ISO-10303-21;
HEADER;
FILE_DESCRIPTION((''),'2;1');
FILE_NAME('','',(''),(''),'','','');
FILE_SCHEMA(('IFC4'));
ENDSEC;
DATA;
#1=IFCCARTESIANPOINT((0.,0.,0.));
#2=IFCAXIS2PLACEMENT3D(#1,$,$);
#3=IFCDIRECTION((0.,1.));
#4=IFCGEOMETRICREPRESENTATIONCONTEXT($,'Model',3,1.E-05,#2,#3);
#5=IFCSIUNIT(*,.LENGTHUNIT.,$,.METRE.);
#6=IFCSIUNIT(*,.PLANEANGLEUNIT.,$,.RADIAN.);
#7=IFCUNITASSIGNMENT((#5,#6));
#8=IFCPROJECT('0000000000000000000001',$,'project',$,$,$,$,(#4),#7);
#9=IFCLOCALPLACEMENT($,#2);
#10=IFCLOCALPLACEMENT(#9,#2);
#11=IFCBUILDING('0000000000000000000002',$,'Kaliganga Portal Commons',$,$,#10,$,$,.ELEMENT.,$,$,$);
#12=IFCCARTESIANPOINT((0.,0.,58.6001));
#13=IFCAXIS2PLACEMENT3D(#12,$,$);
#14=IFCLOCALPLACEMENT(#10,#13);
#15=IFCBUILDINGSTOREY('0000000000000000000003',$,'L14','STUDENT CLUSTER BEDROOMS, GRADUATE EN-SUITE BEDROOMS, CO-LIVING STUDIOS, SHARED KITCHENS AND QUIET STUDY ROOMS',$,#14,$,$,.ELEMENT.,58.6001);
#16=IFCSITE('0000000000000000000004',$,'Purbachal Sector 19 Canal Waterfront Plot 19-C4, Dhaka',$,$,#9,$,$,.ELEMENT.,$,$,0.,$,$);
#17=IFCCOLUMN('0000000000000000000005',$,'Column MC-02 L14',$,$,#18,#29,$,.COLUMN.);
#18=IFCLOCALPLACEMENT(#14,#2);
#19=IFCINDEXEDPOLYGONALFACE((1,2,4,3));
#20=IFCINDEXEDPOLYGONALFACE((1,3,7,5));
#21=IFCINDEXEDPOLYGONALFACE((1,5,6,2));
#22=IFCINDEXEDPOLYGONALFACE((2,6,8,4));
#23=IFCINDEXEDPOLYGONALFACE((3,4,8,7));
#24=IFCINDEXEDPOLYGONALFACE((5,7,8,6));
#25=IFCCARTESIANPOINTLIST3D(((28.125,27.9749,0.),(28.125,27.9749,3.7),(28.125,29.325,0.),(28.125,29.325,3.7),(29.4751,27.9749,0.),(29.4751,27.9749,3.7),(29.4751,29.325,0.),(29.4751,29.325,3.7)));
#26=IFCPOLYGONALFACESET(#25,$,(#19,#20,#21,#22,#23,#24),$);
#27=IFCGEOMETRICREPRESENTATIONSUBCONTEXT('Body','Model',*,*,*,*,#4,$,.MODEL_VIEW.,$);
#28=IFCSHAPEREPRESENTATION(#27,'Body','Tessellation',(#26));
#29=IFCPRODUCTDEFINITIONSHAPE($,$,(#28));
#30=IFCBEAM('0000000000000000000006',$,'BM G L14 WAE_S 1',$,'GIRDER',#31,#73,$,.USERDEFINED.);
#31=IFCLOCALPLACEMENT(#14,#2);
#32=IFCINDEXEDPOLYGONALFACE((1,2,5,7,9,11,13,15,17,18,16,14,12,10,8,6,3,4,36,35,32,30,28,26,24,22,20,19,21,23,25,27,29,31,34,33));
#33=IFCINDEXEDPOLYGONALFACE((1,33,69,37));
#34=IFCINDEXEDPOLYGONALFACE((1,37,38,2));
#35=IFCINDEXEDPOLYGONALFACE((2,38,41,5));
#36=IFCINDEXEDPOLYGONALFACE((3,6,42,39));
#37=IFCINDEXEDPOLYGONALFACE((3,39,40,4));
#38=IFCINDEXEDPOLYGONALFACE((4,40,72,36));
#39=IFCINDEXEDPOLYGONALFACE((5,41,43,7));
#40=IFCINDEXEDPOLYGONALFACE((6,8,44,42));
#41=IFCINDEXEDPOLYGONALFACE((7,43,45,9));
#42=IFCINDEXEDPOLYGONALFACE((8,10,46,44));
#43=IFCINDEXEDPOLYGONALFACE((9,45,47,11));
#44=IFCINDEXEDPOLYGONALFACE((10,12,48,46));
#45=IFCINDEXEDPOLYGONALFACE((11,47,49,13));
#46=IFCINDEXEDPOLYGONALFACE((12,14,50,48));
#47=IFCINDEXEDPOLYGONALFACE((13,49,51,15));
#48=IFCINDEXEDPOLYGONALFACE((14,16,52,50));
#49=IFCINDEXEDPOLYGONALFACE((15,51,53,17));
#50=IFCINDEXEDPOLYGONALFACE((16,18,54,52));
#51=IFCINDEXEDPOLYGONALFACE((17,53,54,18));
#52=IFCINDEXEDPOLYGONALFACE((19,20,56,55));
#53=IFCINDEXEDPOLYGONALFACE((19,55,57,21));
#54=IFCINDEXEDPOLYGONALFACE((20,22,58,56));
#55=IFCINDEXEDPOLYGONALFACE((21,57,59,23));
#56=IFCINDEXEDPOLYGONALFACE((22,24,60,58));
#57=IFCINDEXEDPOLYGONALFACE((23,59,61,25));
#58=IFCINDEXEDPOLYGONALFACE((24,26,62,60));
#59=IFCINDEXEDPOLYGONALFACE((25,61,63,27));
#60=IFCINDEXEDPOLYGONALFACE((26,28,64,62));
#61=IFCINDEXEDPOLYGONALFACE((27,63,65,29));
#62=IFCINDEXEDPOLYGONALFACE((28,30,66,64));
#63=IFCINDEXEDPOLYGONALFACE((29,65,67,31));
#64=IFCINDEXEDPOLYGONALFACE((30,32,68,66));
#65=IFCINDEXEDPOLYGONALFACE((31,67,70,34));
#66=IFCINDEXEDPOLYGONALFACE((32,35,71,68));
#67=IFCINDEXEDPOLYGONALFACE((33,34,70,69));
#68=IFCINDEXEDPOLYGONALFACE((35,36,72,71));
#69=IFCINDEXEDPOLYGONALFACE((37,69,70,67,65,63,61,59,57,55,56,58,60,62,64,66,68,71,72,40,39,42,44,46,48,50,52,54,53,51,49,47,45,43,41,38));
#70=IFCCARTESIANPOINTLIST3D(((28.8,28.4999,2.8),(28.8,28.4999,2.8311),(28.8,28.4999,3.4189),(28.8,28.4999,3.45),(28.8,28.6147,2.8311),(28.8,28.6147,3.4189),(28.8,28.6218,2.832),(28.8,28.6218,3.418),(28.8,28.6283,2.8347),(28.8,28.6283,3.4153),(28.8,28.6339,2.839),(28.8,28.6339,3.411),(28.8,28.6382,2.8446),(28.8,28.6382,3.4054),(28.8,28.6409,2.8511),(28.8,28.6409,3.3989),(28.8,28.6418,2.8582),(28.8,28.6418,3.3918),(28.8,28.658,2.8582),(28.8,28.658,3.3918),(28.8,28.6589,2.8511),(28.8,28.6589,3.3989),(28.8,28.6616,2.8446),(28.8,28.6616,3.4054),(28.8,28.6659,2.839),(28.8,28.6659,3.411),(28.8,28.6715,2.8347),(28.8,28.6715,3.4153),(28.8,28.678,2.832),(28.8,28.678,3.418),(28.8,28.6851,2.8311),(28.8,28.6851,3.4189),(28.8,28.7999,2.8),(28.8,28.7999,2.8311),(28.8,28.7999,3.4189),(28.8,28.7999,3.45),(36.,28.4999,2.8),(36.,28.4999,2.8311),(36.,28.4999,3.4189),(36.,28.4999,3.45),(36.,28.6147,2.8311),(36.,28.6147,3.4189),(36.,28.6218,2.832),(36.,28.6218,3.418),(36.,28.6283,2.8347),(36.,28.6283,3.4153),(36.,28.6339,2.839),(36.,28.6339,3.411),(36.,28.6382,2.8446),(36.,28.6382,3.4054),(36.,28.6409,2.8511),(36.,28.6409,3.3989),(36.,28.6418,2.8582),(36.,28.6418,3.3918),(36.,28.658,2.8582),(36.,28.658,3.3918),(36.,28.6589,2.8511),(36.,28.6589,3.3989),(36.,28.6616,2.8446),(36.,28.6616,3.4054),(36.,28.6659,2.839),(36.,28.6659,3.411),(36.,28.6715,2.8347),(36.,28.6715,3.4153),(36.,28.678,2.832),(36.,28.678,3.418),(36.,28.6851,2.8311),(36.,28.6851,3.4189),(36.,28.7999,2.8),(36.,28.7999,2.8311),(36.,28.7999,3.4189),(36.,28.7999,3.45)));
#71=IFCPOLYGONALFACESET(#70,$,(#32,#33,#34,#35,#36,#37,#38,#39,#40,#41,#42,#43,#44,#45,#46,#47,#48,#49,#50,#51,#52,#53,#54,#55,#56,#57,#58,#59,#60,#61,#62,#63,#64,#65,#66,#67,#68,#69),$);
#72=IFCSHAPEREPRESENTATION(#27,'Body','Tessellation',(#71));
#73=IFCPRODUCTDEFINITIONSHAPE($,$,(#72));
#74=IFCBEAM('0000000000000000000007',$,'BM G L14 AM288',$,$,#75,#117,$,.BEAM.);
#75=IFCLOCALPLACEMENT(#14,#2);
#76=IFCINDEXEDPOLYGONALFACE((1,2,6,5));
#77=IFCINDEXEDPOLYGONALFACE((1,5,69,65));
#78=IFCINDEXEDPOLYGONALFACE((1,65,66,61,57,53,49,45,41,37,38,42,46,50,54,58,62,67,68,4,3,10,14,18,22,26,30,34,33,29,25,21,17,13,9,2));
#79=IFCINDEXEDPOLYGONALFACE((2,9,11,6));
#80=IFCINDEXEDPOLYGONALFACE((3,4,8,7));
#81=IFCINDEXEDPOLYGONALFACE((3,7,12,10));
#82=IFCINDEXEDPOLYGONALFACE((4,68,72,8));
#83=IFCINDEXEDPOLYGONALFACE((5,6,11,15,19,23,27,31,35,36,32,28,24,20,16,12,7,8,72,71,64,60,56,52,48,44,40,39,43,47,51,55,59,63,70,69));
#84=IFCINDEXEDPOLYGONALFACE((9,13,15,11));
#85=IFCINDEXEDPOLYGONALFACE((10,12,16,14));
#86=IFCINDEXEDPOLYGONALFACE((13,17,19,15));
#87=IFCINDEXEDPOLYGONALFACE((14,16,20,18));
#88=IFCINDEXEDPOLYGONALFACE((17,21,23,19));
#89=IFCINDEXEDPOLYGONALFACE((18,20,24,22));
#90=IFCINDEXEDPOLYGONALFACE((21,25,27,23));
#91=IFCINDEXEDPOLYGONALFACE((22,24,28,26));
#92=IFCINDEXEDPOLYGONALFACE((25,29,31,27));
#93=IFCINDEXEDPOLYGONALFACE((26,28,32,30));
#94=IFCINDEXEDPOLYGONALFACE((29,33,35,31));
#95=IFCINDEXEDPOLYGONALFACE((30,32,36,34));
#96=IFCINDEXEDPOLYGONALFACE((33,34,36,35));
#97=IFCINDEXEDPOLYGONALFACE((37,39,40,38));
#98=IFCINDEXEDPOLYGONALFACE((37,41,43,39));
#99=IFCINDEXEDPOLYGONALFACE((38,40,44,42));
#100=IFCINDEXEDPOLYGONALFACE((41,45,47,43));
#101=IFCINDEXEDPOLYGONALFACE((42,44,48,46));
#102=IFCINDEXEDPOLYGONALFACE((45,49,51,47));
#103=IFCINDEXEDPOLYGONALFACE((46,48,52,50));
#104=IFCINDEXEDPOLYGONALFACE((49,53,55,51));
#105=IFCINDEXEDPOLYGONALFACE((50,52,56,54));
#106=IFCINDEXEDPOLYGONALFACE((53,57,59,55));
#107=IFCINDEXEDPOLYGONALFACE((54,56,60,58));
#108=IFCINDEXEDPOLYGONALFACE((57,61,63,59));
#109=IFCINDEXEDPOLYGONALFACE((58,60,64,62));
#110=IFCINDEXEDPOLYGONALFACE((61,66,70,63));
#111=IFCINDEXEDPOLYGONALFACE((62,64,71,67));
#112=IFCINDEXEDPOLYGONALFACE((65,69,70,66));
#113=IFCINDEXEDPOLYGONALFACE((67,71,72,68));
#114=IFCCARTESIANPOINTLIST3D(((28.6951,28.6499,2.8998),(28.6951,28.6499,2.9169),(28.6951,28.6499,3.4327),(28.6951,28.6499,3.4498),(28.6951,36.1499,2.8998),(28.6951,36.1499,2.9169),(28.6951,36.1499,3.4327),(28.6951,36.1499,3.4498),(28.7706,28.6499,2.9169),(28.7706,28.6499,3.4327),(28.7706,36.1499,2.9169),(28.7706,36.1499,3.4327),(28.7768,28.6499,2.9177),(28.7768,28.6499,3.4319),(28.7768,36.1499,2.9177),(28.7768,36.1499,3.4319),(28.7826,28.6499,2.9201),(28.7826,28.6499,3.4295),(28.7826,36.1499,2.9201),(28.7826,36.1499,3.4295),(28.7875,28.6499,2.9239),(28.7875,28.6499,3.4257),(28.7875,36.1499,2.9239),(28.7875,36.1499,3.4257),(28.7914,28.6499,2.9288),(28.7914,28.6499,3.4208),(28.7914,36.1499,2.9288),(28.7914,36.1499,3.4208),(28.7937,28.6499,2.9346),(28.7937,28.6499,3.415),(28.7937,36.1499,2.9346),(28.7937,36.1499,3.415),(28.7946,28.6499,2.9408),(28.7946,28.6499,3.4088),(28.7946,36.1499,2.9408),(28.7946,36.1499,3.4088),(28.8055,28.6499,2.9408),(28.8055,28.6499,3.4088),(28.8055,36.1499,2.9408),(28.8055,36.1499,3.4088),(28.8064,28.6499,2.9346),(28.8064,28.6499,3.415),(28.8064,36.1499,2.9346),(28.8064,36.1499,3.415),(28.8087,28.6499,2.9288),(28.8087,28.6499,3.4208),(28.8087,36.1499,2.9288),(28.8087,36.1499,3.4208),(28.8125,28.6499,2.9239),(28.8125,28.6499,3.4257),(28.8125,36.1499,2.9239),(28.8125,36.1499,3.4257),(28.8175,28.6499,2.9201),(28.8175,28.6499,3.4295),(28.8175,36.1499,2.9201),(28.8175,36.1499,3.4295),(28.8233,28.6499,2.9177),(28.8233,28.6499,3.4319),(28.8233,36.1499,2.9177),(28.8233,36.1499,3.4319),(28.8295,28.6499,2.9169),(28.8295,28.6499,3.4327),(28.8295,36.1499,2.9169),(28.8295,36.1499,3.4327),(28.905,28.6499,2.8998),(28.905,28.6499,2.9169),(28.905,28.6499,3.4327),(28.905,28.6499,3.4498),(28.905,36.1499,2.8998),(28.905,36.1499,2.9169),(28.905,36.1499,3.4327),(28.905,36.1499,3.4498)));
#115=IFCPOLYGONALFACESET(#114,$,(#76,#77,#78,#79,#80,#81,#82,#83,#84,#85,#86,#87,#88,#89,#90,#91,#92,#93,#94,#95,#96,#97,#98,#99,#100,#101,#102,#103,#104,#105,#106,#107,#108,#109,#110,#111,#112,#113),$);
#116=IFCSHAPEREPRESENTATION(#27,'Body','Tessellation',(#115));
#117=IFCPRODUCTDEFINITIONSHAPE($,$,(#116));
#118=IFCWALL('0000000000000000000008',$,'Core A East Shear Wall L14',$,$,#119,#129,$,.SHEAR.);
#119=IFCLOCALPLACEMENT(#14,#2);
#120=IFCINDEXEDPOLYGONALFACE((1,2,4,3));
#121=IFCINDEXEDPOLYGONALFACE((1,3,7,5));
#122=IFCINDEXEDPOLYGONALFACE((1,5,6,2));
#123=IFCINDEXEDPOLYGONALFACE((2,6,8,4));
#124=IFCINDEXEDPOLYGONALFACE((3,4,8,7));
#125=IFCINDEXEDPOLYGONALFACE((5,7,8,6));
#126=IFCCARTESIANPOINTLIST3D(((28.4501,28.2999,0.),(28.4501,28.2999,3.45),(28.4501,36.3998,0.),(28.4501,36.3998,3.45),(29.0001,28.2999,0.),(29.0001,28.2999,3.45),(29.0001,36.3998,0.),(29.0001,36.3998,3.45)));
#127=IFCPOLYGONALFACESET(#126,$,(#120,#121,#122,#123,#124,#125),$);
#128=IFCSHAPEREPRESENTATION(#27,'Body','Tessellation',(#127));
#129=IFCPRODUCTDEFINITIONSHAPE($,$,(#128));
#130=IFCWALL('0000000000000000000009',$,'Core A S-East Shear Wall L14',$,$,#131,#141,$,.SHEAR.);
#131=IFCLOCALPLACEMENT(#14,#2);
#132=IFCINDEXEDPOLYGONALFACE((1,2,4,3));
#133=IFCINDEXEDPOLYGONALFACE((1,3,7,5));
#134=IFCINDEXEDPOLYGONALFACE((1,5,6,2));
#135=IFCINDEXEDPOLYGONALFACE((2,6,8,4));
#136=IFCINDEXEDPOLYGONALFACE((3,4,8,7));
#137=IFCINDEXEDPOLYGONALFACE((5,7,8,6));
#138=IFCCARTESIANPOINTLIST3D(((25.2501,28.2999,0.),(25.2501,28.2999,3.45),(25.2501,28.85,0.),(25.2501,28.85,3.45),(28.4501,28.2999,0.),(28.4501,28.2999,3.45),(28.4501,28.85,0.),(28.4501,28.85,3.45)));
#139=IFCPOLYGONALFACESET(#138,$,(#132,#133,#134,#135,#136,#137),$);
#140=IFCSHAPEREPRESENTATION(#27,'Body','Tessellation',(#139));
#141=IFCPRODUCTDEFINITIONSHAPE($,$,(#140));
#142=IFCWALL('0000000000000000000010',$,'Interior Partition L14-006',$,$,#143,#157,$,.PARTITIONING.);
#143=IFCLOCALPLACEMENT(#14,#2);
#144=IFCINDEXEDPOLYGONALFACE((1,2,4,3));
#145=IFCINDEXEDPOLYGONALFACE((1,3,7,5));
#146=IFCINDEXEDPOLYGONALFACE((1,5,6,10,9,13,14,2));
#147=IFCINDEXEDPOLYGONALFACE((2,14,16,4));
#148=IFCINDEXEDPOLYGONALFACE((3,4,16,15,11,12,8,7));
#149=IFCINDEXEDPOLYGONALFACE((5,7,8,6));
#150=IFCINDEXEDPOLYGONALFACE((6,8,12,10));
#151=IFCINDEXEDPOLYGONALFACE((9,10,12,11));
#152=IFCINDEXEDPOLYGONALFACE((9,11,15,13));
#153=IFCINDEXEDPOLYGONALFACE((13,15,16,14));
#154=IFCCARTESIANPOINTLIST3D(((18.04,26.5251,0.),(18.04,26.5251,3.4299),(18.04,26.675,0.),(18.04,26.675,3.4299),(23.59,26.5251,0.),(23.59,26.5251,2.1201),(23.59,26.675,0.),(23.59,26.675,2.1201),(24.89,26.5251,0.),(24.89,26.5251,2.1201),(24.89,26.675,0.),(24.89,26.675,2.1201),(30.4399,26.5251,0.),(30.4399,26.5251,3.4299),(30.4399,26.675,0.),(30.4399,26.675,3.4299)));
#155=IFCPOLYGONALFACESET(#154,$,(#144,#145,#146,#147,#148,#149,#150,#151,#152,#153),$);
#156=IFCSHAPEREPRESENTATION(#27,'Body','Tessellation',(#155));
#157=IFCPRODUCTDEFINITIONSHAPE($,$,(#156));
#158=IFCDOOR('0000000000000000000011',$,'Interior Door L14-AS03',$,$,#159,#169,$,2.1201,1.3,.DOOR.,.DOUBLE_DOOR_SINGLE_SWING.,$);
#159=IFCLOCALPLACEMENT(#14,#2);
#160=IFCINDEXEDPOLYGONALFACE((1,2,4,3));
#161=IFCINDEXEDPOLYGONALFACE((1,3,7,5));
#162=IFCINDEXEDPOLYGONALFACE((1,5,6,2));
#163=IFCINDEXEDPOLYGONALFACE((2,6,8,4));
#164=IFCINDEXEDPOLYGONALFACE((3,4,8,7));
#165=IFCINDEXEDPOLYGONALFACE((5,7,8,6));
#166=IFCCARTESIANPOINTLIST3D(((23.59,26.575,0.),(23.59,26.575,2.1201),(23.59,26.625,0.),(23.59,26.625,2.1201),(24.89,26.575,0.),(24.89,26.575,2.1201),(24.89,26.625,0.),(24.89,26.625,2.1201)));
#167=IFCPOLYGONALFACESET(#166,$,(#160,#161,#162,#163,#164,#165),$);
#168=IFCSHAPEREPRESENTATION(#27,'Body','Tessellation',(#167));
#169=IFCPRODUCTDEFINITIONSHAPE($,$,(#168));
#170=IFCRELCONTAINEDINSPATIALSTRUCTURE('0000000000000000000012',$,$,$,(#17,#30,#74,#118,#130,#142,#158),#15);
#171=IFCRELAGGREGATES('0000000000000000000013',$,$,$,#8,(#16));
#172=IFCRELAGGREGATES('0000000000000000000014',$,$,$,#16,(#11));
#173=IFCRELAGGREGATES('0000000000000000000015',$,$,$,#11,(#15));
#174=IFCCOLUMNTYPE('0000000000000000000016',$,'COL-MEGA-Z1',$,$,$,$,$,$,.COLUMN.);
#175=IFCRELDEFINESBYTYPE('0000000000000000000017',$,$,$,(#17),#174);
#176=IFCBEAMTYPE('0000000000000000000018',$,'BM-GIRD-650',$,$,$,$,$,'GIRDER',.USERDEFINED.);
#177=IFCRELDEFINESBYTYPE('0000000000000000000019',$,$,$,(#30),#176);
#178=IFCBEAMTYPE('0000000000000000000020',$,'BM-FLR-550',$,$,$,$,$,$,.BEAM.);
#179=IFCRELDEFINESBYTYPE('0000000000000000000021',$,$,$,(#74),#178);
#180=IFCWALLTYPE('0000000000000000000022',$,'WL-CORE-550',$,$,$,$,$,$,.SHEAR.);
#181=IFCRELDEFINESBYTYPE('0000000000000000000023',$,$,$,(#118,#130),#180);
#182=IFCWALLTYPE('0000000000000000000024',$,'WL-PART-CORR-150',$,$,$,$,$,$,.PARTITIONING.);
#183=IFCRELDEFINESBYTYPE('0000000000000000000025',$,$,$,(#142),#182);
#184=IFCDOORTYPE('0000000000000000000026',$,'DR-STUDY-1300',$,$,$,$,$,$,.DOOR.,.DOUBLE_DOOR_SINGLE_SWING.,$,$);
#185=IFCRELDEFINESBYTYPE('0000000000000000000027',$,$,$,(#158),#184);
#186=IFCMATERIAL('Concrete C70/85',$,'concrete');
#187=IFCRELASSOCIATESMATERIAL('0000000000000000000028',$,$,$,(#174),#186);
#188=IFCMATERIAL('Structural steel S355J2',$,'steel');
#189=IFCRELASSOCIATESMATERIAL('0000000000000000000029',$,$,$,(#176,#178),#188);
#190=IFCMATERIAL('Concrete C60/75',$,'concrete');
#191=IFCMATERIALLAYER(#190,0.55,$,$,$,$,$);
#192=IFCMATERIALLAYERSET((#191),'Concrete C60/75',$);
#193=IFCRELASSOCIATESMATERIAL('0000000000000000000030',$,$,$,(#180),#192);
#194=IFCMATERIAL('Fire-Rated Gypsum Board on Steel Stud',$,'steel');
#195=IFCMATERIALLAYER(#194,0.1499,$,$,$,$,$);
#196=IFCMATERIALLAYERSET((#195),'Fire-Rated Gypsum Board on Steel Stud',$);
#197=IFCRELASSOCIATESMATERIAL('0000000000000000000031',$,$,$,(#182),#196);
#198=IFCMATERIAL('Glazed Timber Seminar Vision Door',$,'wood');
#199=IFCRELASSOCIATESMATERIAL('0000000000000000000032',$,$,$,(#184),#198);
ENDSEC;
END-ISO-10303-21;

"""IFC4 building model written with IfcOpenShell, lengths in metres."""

from ifc_helpers import new_model, si_unit, direction, frame, frame_2d, origin, origin_2d, place, context, subcontext, project, spatial, rectangle, i_section, extrude, source, transform, mapped, material, layer, layer_set, material_profile, profile_set, type_object, element, fill, save


model = new_model("IFC4")

# Units and contexts
model_context = context("Model", 3, precision=1e-05, world=origin(), true_north=direction((0.0, 1.0)))
body_context = subcontext(model_context, "Body", "Model", "MODEL_VIEW")
ifc_project = project(units=[si_unit("LENGTHUNIT", "METRE"), si_unit("PLANEANGLEUNIT", "RADIAN")], contexts=[model_context])

# Site, building, storey
site_placement = place(None, origin())
site = spatial("IfcSite", under=ifc_project, at=site_placement, Name="Purbachal Sector 19 Canal Waterfront Plot 19-C4, Dhaka", CompositionType="ELEMENT", RefElevation=0.0)
building_placement = place(site_placement, origin())
building = spatial("IfcBuilding", under=site, at=building_placement, Name="Kaliganga Portal Commons", CompositionType="ELEMENT")
storey_placement = place(building_placement, frame((0.0, 0.0, 58.6001)))
storey = spatial("IfcBuildingStorey", under=building, at=storey_placement, Name="L14", Description="STUDENT CLUSTER BEDROOMS, GRADUATE EN-SUITE BEDROOMS, CO-LIVING STUDIOS, SHARED KITCHENS AND QUIET STUDY ROOMS", CompositionType="ELEMENT", Elevation=58.6001)

# Column
ifc_material_1 = material(Name="Concrete C70/85", Category="concrete")
ifc_material_profile_1 = material_profile(ifc_material_1, rectangle(XDim=1.3501, YDim=1.3501, at=origin_2d()), Name="RC 1350x1350")
ifc_profile_set_1 = profile_set([ifc_material_profile_1], Name="Concrete C70/85")
column_type = type_object("IfcColumnType", Name="COL-MEGA-Z1", PredefinedType="COLUMN", material=ifc_profile_set_1)
shared_shape_1 = source(origin(), body_context, "Body", "SweptSolid", [
    extrude(rectangle(XDim=1.3501, YDim=1.3501, at=origin_2d()), origin(), (0.0, 0.0, 1.0), 3.7),
])
column_placement = place(storey_placement, frame((28.8, 28.6499, 0.0), z_axis=(0.0, 0.0, 1.0), x_axis=(1.0, 0.0, 0.0)))
element("IfcColumn", 1, at=column_placement, inside=storey, type_object=column_type, Name="Column MC-02 L14", PredefinedType="COLUMN", context=body_context, shape_type="MappedRepresentation", body=[
    mapped(shared_shape_1, transform((0.0, 0.0, 0.0), x_axis=(1.0, 0.0, 0.0), y_axis=(0.0, 1.0, 0.0), z_axis=(0.0, 0.0, 1.0), scale=1.0)),
])

# Beams
ifc_material_2 = material(Name="Structural steel S355J2", Category="steel")
ifc_material_profile_2 = material_profile(ifc_material_2, i_section(OverallWidth=0.3, OverallDepth=0.6499, WebThickness=0.0161, FlangeThickness=0.031, FilletRadius=0.0271, at=origin_2d()), Name="HE 650 B")
ifc_profile_set_2 = profile_set([ifc_material_profile_2], Name="Structural steel S355J2 wide-flange")
beam_type_1 = type_object("IfcBeamType", Name="BM-GIRD-650", ElementType="GIRDER", PredefinedType="USERDEFINED", material=ifc_profile_set_2)
shared_shape_2 = source(origin(), body_context, "Body", "SweptSolid", [
    extrude(i_section(OverallWidth=0.3, OverallDepth=0.6499, WebThickness=0.0161, FlangeThickness=0.031, FilletRadius=0.0271, at=origin_2d()), origin(), (0.0, 0.0, 1.0), 7.2),
])
beam_1_placement = place(storey_placement, frame((28.8, 28.6499, 3.125), z_axis=(1.0, 0.0, 0.0), x_axis=(0.0, 1.0, 0.0)))
element("IfcBeam", 2, at=beam_1_placement, inside=storey, type_object=beam_type_1, Name="BM G L14 WAE_S 1", ObjectType="GIRDER", PredefinedType="USERDEFINED", context=body_context, shape_type="MappedRepresentation", body=[
    mapped(shared_shape_2, transform((0.0, 0.0, 0.0), x_axis=(1.0, 0.0, 0.0), y_axis=(0.0, 1.0, 0.0), z_axis=(0.0, 0.0, 1.0), scale=1.0)),
])
ifc_material_profile_3 = material_profile(ifc_material_2, i_section(OverallWidth=0.21, OverallDepth=0.55, WebThickness=0.011, FlangeThickness=0.0171, FilletRadius=0.0239, at=origin_2d()), Name="IPE 550")
ifc_profile_set_3 = profile_set([ifc_material_profile_3], Name="Structural steel S355J2 wide-flange")
beam_type_2 = type_object("IfcBeamType", Name="BM-FLR-550", PredefinedType="BEAM", material=ifc_profile_set_3)
shared_shape_3 = source(origin(), body_context, "Body", "SweptSolid", [
    extrude(i_section(OverallWidth=0.21, OverallDepth=0.55, WebThickness=0.011, FlangeThickness=0.0171, FilletRadius=0.0239, at=origin_2d()), origin(), (0.0, 0.0, 1.0), 7.5),
])
beam_2_placement = place(storey_placement, frame((28.8, 28.6499, 3.1748), z_axis=(0.0, 1.0, 0.0), x_axis=(-1.0, 0.0, 0.0)))
element("IfcBeam", 3, at=beam_2_placement, inside=storey, type_object=beam_type_2, Name="BM G L14 AM288", PredefinedType="BEAM", context=body_context, shape_type="MappedRepresentation", body=[
    mapped(shared_shape_3, transform((0.0, 0.0, 0.0), x_axis=(1.0, 0.0, 0.0), y_axis=(0.0, 1.0, 0.0), z_axis=(0.0, 0.0, 1.0), scale=1.0)),
])

# Walls
ifc_material_3 = material(Name="Concrete C60/75", Category="concrete")
ifc_layer_1 = layer(ifc_material_3, 0.55)
ifc_layer_set_1 = layer_set([ifc_layer_1], Name="Concrete C60/75")
wall_type_1 = type_object("IfcWallType", Name="WL-CORE-550", PredefinedType="SHEAR", material=ifc_layer_set_1)
wall_1_placement = place(storey_placement, frame((28.7251, 28.3, 0.0), z_axis=(0.0, 0.0, 1.0), x_axis=(0.0, 1.0, 0.0)))
element("IfcWall", 4, at=wall_1_placement, inside=storey, type_object=wall_type_1, Name="Core A East Shear Wall L14", PredefinedType="SHEAR", context=body_context, shape_type="SweptSolid", body=[
    extrude(rectangle(XDim=8.0999, YDim=0.55, at=frame_2d((4.0498, 0.0))), origin(), (0.0, 0.0, 1.0), 3.45),
])
wall_2_placement = place(storey_placement, frame((25.25, 28.575, 0.0), z_axis=(0.0, 0.0, 1.0), x_axis=(1.0, 0.0, 0.0)))
element("IfcWall", 5, at=wall_2_placement, inside=storey, type_object=wall_type_1, Name="Core A S-East Shear Wall L14", PredefinedType="SHEAR", context=body_context, shape_type="SweptSolid", body=[
    extrude(rectangle(XDim=3.2, YDim=0.55, at=frame_2d((1.6001, 0.0))), origin(), (0.0, 0.0, 1.0), 3.45),
])

# Wall, opening, door
ifc_material_4 = material(Name="Fire-Rated Gypsum Board on Steel Stud", Category="steel")
ifc_layer_2 = layer(ifc_material_4, 0.1499)
ifc_layer_set_2 = layer_set([ifc_layer_2], Name="Fire-Rated Gypsum Board on Steel Stud")
wall_type_2 = type_object("IfcWallType", Name="WL-PART-CORR-150", PredefinedType="PARTITIONING", material=ifc_layer_set_2)
wall_3_placement = place(storey_placement, frame((18.04, 26.6001, 0.0), z_axis=(0.0, 0.0, 1.0), x_axis=(1.0, 0.0, 0.0)))
wall_3 = element("IfcWall", 6, at=wall_3_placement, inside=storey, type_object=wall_type_2, Name="Interior Partition L14-006", PredefinedType="PARTITIONING", context=body_context, shape_type="SweptSolid", body=[
    extrude(rectangle(XDim=12.3999, YDim=0.1499, at=frame_2d((6.2, 0.0))), origin(), (0.0, 0.0, 1.0), 3.4299),
])
opening_1_placement = place(wall_3_placement, frame((5.55, 0.0, 0.0)))
opening_1 = element("IfcOpeningElement", 7, at=opening_1_placement, cuts=wall_3, PredefinedType="OPENING", context=body_context, shape_type="SweptSolid", body=[
    extrude(rectangle(XDim=1.3, YDim=2.1201, at=frame_2d((0.6499, 1.0601))), frame((0.0, 0.085, 0.0), z_axis=(0.0, -1.0, 0.0), x_axis=(1.0, 0.0, 0.0)), (0.0, 0.0, 1.0), 0.1699),
])
ifc_material_5 = material(Name="Glazed Timber Seminar Vision Door", Category="wood")
door_type_1 = type_object("IfcDoorType", Name="DR-STUDY-1300", OperationType="DOUBLE_DOOR_SINGLE_SWING", PredefinedType="DOOR", material=ifc_material_5)
door_1_placement = place(opening_1_placement, origin())
door_1 = element("IfcDoor", 8, at=door_1_placement, inside=storey, type_object=door_type_1, Name="Interior Door L14-AS03", OperationType="DOUBLE_DOOR_SINGLE_SWING", OverallHeight=2.1201, OverallWidth=1.3, PredefinedType="DOOR", context=body_context, shape_type="SweptSolid", body=[
    extrude(rectangle(XDim=1.3, YDim=2.1201, at=frame_2d((0.6499, 1.0601))), frame((0.0, 0.0249, 0.0), z_axis=(0.0, -1.0, 0.0), x_axis=(1.0, 0.0, 0.0)), (0.0, 0.0, 1.0), 0.05),
])
fill(opening_1, door_1)

save(model, "model.ifc")
